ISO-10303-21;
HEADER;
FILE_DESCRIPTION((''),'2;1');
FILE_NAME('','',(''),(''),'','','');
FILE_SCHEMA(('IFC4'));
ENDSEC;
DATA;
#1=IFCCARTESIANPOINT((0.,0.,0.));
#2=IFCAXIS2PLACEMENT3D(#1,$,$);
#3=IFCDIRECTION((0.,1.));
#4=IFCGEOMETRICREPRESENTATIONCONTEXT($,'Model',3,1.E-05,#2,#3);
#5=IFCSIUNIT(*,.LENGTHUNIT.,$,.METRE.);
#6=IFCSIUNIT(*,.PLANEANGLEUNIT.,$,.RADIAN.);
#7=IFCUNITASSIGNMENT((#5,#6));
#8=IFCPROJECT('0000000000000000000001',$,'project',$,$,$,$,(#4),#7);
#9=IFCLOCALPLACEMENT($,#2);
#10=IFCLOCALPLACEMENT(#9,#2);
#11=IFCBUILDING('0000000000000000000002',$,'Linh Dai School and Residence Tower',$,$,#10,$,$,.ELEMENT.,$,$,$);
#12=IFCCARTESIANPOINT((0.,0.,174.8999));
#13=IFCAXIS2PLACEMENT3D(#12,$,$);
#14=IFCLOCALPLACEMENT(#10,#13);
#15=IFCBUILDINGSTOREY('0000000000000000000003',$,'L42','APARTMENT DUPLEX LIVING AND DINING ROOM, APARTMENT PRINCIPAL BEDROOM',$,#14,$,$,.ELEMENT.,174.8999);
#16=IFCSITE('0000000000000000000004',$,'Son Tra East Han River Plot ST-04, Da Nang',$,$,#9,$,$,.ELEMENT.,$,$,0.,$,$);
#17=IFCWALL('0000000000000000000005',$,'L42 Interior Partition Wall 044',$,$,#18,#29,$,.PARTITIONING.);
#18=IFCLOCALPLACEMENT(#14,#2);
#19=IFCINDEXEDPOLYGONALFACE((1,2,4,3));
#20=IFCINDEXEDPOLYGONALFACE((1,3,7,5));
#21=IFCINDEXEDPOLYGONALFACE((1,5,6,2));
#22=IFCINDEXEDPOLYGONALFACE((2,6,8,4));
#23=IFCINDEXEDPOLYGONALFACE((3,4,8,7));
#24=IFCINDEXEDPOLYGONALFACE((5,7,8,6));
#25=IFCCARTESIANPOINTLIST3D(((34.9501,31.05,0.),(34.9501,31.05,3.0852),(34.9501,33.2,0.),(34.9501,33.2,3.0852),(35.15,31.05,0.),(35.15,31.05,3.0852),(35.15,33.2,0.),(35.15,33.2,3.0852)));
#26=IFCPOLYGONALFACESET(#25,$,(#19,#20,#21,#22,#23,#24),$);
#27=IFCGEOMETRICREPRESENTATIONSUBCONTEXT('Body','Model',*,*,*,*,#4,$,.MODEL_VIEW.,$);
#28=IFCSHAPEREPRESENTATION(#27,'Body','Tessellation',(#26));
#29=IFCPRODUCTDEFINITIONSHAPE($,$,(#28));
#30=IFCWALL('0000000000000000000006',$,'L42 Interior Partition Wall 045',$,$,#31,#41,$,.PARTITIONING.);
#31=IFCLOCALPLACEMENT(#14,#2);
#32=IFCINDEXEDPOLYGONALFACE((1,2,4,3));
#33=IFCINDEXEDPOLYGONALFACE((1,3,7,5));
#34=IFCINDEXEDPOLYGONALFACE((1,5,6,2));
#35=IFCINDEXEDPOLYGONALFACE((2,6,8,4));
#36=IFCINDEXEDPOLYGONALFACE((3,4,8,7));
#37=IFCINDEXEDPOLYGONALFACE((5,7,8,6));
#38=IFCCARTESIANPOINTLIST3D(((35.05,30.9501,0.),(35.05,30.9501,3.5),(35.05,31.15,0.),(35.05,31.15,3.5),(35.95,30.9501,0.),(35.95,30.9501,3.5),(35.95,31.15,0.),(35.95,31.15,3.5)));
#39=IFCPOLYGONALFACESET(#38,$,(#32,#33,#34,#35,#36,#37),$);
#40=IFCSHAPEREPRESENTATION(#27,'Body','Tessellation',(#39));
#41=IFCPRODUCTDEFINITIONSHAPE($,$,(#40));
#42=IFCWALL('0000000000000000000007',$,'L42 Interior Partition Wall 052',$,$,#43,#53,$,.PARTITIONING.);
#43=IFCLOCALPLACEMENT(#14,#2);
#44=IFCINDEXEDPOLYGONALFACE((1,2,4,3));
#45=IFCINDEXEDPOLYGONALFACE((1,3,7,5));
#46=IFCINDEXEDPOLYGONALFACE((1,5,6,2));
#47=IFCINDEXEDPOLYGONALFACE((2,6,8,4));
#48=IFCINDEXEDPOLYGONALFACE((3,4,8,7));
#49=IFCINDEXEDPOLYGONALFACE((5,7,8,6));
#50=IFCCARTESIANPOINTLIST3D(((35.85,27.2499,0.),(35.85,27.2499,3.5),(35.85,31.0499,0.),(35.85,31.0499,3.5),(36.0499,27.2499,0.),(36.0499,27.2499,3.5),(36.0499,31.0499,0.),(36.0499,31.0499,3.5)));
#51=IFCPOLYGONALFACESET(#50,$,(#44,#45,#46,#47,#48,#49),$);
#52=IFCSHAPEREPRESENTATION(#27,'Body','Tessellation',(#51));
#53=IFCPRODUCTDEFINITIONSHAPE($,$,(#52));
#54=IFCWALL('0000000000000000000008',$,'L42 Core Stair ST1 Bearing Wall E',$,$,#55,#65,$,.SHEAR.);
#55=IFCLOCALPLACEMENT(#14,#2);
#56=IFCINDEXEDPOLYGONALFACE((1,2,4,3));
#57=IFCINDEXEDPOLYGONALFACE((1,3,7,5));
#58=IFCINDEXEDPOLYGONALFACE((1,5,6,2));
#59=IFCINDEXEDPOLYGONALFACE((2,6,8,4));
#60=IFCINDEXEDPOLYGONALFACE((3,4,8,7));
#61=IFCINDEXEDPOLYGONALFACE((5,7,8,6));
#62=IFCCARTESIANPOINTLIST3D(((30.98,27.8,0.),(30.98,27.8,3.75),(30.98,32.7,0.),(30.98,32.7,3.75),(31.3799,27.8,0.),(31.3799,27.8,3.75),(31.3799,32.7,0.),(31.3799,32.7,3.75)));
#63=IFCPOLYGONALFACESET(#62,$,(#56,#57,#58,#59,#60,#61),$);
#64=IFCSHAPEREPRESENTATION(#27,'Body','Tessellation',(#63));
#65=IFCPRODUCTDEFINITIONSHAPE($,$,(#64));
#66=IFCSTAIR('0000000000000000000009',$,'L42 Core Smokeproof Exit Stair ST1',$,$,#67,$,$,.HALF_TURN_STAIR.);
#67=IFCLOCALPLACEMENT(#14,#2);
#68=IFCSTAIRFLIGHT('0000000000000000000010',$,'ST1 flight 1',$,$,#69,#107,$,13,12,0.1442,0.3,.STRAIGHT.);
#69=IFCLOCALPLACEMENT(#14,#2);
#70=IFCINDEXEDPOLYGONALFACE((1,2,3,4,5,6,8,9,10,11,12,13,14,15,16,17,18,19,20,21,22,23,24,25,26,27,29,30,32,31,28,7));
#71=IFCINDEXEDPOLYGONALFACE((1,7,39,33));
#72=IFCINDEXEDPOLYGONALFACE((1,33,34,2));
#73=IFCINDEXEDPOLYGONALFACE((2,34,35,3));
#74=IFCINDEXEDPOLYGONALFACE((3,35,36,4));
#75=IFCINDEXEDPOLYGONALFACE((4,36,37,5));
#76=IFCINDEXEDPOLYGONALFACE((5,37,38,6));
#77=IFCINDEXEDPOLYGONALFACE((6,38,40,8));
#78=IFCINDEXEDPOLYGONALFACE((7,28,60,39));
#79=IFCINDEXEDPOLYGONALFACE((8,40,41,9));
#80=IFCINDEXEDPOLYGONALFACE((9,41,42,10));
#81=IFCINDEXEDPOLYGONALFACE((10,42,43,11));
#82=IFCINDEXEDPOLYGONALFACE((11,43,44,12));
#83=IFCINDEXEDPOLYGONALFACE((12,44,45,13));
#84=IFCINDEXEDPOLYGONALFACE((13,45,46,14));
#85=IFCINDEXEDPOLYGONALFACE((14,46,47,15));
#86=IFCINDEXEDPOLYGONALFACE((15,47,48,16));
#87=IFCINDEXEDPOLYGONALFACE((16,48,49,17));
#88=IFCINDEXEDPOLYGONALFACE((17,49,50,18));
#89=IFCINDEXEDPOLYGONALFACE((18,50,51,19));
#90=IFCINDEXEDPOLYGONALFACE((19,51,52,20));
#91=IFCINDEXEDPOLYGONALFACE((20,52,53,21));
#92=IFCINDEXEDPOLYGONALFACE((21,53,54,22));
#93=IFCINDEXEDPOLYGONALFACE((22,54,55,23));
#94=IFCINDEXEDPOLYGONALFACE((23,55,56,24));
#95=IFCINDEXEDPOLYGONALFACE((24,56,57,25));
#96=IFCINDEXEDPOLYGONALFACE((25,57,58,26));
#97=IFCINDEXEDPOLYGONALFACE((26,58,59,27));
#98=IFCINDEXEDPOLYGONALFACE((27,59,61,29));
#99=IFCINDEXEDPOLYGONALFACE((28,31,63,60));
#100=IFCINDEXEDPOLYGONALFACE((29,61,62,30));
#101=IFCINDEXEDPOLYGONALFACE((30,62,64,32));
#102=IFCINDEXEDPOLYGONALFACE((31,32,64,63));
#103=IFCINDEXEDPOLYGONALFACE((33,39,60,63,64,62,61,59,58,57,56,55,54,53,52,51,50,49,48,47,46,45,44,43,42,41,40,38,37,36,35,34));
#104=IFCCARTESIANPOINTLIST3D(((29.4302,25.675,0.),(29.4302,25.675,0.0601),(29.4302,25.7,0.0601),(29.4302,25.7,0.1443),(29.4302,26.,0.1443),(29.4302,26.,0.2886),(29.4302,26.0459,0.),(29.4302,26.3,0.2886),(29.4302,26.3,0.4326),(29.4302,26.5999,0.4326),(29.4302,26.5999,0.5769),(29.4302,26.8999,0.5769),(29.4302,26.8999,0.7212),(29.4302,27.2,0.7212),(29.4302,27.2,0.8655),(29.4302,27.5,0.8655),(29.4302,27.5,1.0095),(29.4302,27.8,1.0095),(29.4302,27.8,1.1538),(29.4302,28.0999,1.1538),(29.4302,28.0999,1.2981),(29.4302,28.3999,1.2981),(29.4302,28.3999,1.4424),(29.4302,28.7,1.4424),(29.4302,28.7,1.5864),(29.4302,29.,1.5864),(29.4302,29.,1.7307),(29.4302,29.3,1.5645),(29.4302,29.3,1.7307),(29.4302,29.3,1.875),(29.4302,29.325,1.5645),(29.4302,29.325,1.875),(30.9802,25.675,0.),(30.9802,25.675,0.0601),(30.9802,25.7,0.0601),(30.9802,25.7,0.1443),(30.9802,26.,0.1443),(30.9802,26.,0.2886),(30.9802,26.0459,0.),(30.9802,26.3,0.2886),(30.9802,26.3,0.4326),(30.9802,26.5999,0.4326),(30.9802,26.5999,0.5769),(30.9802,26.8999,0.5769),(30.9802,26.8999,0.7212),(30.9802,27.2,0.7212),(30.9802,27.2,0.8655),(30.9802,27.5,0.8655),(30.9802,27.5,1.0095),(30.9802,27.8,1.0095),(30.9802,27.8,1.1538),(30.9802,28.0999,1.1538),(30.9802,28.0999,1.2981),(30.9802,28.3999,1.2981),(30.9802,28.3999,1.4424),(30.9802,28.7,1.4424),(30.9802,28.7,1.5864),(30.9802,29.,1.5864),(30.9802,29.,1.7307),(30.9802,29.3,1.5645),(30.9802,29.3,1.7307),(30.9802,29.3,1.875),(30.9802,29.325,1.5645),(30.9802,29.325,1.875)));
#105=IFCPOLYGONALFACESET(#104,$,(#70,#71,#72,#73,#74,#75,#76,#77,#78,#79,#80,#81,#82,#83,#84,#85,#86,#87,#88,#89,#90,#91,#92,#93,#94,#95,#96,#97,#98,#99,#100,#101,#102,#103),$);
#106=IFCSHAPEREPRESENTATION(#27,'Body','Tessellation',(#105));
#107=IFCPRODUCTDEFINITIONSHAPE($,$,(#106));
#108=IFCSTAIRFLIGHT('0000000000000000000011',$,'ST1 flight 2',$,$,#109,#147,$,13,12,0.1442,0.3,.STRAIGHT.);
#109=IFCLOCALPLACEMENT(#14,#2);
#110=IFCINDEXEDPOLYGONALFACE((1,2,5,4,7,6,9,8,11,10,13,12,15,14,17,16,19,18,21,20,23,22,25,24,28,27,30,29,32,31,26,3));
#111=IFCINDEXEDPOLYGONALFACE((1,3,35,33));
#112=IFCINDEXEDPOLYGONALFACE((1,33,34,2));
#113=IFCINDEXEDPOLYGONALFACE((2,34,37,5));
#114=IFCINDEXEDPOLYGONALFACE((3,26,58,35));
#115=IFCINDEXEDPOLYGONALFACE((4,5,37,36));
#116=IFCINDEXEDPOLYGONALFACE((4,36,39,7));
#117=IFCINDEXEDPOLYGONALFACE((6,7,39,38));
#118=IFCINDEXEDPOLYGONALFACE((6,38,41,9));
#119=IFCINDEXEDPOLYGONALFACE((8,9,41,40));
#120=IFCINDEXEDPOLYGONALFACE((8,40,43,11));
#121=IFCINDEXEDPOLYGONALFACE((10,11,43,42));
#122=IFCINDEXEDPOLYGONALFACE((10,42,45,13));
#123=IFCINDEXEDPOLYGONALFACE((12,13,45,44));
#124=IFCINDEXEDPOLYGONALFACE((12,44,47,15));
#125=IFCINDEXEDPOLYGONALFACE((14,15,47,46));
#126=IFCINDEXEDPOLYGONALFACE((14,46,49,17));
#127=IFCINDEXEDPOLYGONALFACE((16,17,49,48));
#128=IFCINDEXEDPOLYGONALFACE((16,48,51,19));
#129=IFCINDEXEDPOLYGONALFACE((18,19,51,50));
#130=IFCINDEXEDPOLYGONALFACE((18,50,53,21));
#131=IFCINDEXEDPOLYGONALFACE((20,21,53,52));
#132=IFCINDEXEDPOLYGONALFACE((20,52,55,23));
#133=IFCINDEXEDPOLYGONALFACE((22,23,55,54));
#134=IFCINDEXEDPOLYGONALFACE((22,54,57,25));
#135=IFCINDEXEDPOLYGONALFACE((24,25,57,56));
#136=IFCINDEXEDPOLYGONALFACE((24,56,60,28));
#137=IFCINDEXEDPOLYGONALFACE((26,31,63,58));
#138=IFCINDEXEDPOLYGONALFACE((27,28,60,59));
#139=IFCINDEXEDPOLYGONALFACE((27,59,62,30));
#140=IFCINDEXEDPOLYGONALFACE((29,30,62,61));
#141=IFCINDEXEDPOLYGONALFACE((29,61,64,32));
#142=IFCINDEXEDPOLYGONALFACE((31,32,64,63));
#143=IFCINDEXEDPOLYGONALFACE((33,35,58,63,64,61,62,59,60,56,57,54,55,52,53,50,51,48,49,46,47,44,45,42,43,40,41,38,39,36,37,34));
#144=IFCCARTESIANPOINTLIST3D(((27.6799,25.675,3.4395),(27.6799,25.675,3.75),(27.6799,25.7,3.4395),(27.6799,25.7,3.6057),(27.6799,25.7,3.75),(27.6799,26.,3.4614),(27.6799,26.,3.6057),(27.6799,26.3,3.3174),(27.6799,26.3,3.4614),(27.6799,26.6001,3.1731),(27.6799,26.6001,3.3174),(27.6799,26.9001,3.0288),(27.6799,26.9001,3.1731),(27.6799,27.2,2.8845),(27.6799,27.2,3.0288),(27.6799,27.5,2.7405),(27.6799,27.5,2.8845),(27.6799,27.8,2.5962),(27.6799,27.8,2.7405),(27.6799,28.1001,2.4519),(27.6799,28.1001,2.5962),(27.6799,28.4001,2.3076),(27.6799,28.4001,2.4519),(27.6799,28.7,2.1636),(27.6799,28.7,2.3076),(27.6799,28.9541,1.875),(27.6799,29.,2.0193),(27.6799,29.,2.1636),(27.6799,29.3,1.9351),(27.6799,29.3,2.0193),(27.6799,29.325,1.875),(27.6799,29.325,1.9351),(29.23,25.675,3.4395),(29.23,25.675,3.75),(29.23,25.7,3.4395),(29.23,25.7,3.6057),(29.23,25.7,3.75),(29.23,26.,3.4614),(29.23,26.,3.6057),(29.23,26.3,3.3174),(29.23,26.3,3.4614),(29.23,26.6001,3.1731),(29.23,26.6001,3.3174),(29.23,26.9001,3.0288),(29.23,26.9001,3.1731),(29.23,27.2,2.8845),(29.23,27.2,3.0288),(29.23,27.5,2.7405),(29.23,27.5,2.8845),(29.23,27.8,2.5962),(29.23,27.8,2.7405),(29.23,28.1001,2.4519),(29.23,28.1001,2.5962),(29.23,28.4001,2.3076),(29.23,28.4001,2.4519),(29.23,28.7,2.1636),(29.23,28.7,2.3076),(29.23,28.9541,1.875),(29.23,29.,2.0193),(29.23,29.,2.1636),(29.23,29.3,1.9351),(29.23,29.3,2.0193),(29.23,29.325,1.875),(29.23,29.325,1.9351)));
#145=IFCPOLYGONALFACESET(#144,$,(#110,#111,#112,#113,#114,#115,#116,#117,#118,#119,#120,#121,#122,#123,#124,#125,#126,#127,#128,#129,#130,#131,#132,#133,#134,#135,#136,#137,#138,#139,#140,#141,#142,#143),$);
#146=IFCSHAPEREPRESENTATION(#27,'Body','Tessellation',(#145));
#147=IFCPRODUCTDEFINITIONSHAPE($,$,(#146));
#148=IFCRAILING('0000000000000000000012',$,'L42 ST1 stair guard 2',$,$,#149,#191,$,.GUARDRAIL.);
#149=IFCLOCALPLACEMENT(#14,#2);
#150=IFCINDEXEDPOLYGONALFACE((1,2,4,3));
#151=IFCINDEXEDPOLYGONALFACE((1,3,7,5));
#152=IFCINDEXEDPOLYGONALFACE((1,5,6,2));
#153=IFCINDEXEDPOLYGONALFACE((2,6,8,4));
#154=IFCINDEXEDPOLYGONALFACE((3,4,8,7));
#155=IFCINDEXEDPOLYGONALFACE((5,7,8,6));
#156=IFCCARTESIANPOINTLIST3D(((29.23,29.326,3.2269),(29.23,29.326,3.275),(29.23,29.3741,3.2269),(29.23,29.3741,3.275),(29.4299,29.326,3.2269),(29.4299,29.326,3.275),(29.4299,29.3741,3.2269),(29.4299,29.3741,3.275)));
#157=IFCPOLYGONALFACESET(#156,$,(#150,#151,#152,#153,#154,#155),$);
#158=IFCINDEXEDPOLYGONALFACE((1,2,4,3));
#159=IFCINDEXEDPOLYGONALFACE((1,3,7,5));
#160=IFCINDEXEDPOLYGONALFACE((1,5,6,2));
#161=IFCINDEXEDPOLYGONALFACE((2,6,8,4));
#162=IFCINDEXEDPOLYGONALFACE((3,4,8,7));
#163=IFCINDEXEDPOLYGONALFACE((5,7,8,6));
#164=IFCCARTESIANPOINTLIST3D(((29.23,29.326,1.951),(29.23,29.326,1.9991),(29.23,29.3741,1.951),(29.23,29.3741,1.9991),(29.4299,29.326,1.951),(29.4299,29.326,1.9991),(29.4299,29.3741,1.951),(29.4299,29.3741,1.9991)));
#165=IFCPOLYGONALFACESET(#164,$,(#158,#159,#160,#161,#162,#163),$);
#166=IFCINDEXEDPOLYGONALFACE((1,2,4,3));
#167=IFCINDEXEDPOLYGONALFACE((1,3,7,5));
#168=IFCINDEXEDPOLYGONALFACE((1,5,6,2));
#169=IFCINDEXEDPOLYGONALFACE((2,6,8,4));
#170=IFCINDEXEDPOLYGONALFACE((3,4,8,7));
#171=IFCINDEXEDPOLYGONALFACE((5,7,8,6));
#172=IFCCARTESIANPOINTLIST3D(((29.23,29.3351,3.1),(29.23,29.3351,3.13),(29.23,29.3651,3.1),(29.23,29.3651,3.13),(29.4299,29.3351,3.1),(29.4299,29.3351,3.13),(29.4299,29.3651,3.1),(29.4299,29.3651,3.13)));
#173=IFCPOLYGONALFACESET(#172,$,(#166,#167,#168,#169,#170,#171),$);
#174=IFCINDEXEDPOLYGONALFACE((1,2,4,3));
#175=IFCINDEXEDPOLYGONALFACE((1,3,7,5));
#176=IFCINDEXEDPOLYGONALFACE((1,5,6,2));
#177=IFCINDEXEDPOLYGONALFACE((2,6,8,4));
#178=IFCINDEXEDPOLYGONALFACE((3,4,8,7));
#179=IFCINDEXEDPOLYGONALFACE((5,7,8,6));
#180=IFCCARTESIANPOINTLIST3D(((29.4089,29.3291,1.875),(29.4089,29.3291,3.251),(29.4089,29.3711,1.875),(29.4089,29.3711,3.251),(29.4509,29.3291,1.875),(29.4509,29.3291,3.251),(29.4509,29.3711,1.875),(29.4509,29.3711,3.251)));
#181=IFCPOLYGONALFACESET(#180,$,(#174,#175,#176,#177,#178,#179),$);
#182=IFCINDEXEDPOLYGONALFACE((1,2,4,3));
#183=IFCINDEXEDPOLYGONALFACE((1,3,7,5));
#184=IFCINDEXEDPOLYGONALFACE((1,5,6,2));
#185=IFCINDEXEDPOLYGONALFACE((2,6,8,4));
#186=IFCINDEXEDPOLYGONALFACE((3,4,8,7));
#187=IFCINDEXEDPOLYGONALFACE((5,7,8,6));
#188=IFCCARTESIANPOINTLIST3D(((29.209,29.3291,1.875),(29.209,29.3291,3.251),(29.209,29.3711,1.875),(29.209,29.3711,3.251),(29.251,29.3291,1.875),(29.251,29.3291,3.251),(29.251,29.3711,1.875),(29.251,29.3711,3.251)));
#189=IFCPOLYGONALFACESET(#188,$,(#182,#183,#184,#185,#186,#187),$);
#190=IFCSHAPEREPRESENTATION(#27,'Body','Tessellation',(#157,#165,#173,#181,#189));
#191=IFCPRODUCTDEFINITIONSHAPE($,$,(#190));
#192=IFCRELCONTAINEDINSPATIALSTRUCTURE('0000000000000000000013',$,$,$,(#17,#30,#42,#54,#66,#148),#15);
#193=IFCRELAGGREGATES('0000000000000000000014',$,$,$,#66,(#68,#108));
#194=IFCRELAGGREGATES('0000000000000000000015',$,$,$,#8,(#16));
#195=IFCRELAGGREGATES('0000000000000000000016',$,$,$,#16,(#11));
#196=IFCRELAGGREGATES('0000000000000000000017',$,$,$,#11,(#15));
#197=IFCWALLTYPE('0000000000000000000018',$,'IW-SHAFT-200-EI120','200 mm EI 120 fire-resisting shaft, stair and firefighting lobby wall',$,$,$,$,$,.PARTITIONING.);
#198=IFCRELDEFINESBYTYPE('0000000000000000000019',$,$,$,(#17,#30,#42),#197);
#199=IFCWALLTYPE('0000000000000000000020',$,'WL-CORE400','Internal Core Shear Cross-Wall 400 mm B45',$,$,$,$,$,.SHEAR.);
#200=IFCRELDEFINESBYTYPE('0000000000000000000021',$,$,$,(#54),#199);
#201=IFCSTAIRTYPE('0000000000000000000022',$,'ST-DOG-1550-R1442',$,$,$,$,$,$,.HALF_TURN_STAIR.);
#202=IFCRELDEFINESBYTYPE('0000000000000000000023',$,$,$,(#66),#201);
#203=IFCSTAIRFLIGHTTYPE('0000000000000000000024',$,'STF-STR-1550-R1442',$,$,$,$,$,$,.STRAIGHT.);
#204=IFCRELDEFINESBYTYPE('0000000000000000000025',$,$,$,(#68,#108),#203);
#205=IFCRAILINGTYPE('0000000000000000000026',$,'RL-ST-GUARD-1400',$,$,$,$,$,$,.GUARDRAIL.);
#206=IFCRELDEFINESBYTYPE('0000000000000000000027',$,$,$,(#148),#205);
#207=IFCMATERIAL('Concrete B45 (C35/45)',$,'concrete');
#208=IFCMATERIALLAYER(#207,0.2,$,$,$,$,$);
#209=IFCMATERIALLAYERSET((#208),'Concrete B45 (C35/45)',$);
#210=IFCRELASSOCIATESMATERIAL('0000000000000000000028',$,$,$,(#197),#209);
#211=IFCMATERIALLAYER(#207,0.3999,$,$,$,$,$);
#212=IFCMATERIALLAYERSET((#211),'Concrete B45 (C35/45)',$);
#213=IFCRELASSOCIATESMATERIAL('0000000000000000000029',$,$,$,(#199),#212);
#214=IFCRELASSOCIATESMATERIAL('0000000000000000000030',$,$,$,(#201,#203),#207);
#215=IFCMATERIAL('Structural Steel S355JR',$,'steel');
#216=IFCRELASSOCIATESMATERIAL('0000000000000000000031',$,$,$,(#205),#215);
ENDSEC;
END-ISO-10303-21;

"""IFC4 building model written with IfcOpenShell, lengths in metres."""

from ifc_helpers import new_model, si_unit, direction, frame, frame_2d, origin, origin_2d, place, context, subcontext, project, spatial, polyline, rectangle, outline, extrude, source, transform, mapped, material, layer, layer_set, type_object, element, aggregate, save


model = new_model("IFC4")

# Units and contexts
model_context = context("Model", 3, precision=1e-05, world=origin(), true_north=direction((0.0, 1.0)))
body_context = subcontext(model_context, "Body", "Model", "MODEL_VIEW")
ifc_project = project(units=[si_unit("LENGTHUNIT", "METRE"), si_unit("PLANEANGLEUNIT", "RADIAN")], contexts=[model_context])

# Site, building, storey
site_placement = place(None, origin())
site = spatial("IfcSite", under=ifc_project, at=site_placement, Name="Son Tra East Han River Plot ST-04, Da Nang", CompositionType="ELEMENT", RefElevation=0.0)
building_placement = place(site_placement, origin())
building = spatial("IfcBuilding", under=site, at=building_placement, Name="Linh Dai School and Residence Tower", CompositionType="ELEMENT")
storey_placement = place(building_placement, frame((0.0, 0.0, 174.8999)))
storey = spatial("IfcBuildingStorey", under=building, at=storey_placement, Name="L42", Description="APARTMENT DUPLEX LIVING AND DINING ROOM, APARTMENT PRINCIPAL BEDROOM", CompositionType="ELEMENT", Elevation=174.8999)

# Shared definitions
ifc_material_1 = material(Name="Structural Steel S355JR", Category="steel")

# Shared definitions
ifc_material_2 = material(Name="Concrete B45 (C35/45)", Category="concrete")
ifc_layer_1 = layer(ifc_material_2, 0.2)
ifc_layer_set_1 = layer_set([ifc_layer_1], Name="Concrete B45 (C35/45)")
wall_type_1 = type_object("IfcWallType", Name="IW-SHAFT-200-EI120", Description="200 mm EI 120 fire-resisting shaft, stair and firefighting lobby wall", PredefinedType="PARTITIONING", material=ifc_layer_set_1)

# Walls
wall_1_placement = place(storey_placement, frame((35.05, 31.05, 0.0), z_axis=(0.0, 0.0, 1.0), x_axis=(0.0, 1.0, 0.0)))
element("IfcWall", 1, at=wall_1_placement, inside=storey, type_object=wall_type_1, Name="L42 Interior Partition Wall 044", PredefinedType="PARTITIONING", context=body_context, shape_type="SweptSolid", body=[
    extrude(rectangle(XDim=2.1499, YDim=0.2, at=frame_2d((1.075, 0.0))), origin(), (0.0, 0.0, 1.0), 3.0852),
])
wall_2_placement = place(storey_placement, frame((35.05, 31.05, 0.0), z_axis=(0.0, 0.0, 1.0), x_axis=(1.0, 0.0, 0.0)))
element("IfcWall", 2, at=wall_2_placement, inside=storey, type_object=wall_type_1, Name="L42 Interior Partition Wall 045", PredefinedType="PARTITIONING", context=body_context, shape_type="SweptSolid", body=[
    extrude(rectangle(XDim=0.8999, YDim=0.2, at=frame_2d((0.45, 0.0))), origin(), (0.0, 0.0, 1.0), 3.5),
])
wall_3_placement = place(storey_placement, frame((35.95, 27.25, 0.0), z_axis=(0.0, 0.0, 1.0), x_axis=(0.0, 1.0, 0.0)))
element("IfcWall", 3, at=wall_3_placement, inside=storey, type_object=wall_type_1, Name="L42 Interior Partition Wall 052", PredefinedType="PARTITIONING", context=body_context, shape_type="SweptSolid", body=[
    extrude(rectangle(XDim=3.8, YDim=0.2, at=frame_2d((1.8999, 0.0))), origin(), (0.0, 0.0, 1.0), 3.5),
])

# Wall
ifc_layer_2 = layer(ifc_material_2, 0.3999)
ifc_layer_set_2 = layer_set([ifc_layer_2], Name="Concrete B45 (C35/45)")
wall_type_2 = type_object("IfcWallType", Name="WL-CORE400", Description="Internal Core Shear Cross-Wall 400 mm B45", PredefinedType="SHEAR", material=ifc_layer_set_2)
wall_4_placement = place(storey_placement, frame((31.1799, 27.8, 0.0), z_axis=(0.0, 0.0, 1.0), x_axis=(0.0, 1.0, 0.0)))
element("IfcWall", 4, at=wall_4_placement, inside=storey, type_object=wall_type_2, Name="L42 Core Stair ST1 Bearing Wall E", PredefinedType="SHEAR", context=body_context, shape_type="SweptSolid", body=[
    extrude(rectangle(XDim=4.8999, YDim=0.3999, at=frame_2d((2.45, 0.0))), origin(), (0.0, 0.0, 1.0), 3.75),
])

# Stair, stair flights
stair_type = type_object("IfcStairType", Name="ST-DOG-1550-R1442", PredefinedType="HALF_TURN_STAIR", material=ifc_material_2)
stair_placement = place(storey_placement, origin())
stair = element("IfcStair", 5, at=stair_placement, inside=storey, type_object=stair_type, Name="L42 Core Smokeproof Exit Stair ST1", PredefinedType="HALF_TURN_STAIR")
stair_flight_type = type_object("IfcStairFlightType", Name="STF-STR-1550-R1442", PredefinedType="STRAIGHT", material=ifc_material_2)
shared_shape_1 = source(origin(), body_context, "Body", "SweptSolid", [
    extrude(outline(polyline([(-0.0249, 0.0), (-0.0249, 0.0601), (0.0, 0.0601), (0.0, 0.1443), (0.3, 0.1443), (0.3, 0.2886), (0.6001, 0.2886), (0.6001, 0.4326), (0.8999, 0.4326), (0.8999, 0.5769), (1.2, 0.5769), (1.2, 0.7212), (1.5, 0.7212), (1.5, 0.8655), (1.8, 0.8655), (1.8, 1.0095), (2.1001, 1.0095), (2.1001, 1.1538), (2.3999, 1.1538), (2.3999, 1.2981), (2.7, 1.2981), (2.7, 1.4424), (3.0, 1.4424), (3.0, 1.5864), (3.3, 1.5864), (3.3, 1.7307), (3.6001, 1.7307), (3.6001, 1.875), (3.625, 1.875), (3.625, 1.5645), (3.6001, 1.5645), (0.3459, 0.0), (-0.0249, 0.0)])), frame((0.0, 0.7749, 0.0), z_axis=(0.0, -1.0, 0.0), x_axis=(1.0, 0.0, 0.0)), (0.0, 0.0, 1.0), 1.55),
])
stair_flight_1_placement = place(storey_placement, frame((30.2051, 25.7, 0.0), z_axis=(0.0, 0.0, 1.0), x_axis=(0.0, 1.0, 0.0)))
stair_flight_1 = element("IfcStairFlight", 6, at=stair_flight_1_placement, type_object=stair_flight_type, Name="ST1 flight 1", NumberOfRisers=13, NumberOfTreads=12, PredefinedType="STRAIGHT", RiserHeight=0.1442, TreadLength=0.3, context=body_context, shape_type="MappedRepresentation", body=[
    mapped(shared_shape_1, transform((0.0, 0.0, 0.0), x_axis=(1.0, 0.0, 0.0), y_axis=(0.0, 1.0, 0.0), z_axis=(0.0, 0.0, 1.0), scale=1.0)),
])
stair_flight_2_placement = place(storey_placement, frame((28.4551, 29.3, 1.875), z_axis=(0.0, 0.0, 1.0), x_axis=(0.0, -1.0, 0.0)))
stair_flight_2 = element("IfcStairFlight", 7, at=stair_flight_2_placement, type_object=stair_flight_type, Name="ST1 flight 2", NumberOfRisers=13, NumberOfTreads=12, PredefinedType="STRAIGHT", RiserHeight=0.1442, TreadLength=0.3, context=body_context, shape_type="MappedRepresentation", body=[
    mapped(shared_shape_1, transform((0.0, 0.0, 0.0), x_axis=(1.0, 0.0, 0.0), y_axis=(0.0, 1.0, 0.0), z_axis=(0.0, 0.0, 1.0), scale=1.0)),
])
aggregate(stair, [stair_flight_1, stair_flight_2])

# Railing
railing_type_1 = type_object("IfcRailingType", Name="RL-ST-GUARD-1400", PredefinedType="GUARDRAIL", material=ifc_material_1)
shared_shape_2 = source(origin(), body_context, "Body", "SweptSolid", [
    extrude(rectangle(XDim=0.0481, YDim=0.0481, at=origin_2d()), frame((0.0, 0.0, 1.376), z_axis=(-1.0, 0.0, 0.0), x_axis=(0.0, -1.0, 0.0)), (0.0, 0.0, 1.0), 0.2),
    extrude(rectangle(XDim=0.0481, YDim=0.0481, at=origin_2d()), frame((0.0, 0.0, 0.1001), z_axis=(-1.0, 0.0, 0.0), x_axis=(0.0, -1.0, 0.0)), (0.0, 0.0, 1.0), 0.2),
    extrude(rectangle(XDim=0.03, YDim=0.03, at=origin_2d()), frame((0.0, 0.0, 1.24), z_axis=(-1.0, 0.0, 0.0), x_axis=(0.0, -1.0, 0.0)), (0.0, 0.0, 1.0), 0.2),
    extrude(rectangle(XDim=0.042, YDim=0.042, at=origin_2d()), origin(), (0.0, 0.0, 1.0), 1.376),
    extrude(rectangle(XDim=0.042, YDim=0.042, at=origin_2d()), frame((-0.2, 0.0, 0.0)), (0.0, 0.0, 1.0), 1.376),
])
railing_1_placement = place(storey_placement, frame((29.4299, 29.3501, 1.875)))
element("IfcRailing", 8, at=railing_1_placement, inside=storey, type_object=railing_type_1, Name="L42 ST1 stair guard 2", PredefinedType="GUARDRAIL", context=body_context, shape_type="MappedRepresentation", body=[
    mapped(shared_shape_2, transform((0.0, 0.0, 0.0), x_axis=(1.0, 0.0, 0.0), y_axis=(0.0, 1.0, 0.0), z_axis=(0.0, 0.0, 1.0), scale=1.0)),
])

save(model, "model.ifc")
